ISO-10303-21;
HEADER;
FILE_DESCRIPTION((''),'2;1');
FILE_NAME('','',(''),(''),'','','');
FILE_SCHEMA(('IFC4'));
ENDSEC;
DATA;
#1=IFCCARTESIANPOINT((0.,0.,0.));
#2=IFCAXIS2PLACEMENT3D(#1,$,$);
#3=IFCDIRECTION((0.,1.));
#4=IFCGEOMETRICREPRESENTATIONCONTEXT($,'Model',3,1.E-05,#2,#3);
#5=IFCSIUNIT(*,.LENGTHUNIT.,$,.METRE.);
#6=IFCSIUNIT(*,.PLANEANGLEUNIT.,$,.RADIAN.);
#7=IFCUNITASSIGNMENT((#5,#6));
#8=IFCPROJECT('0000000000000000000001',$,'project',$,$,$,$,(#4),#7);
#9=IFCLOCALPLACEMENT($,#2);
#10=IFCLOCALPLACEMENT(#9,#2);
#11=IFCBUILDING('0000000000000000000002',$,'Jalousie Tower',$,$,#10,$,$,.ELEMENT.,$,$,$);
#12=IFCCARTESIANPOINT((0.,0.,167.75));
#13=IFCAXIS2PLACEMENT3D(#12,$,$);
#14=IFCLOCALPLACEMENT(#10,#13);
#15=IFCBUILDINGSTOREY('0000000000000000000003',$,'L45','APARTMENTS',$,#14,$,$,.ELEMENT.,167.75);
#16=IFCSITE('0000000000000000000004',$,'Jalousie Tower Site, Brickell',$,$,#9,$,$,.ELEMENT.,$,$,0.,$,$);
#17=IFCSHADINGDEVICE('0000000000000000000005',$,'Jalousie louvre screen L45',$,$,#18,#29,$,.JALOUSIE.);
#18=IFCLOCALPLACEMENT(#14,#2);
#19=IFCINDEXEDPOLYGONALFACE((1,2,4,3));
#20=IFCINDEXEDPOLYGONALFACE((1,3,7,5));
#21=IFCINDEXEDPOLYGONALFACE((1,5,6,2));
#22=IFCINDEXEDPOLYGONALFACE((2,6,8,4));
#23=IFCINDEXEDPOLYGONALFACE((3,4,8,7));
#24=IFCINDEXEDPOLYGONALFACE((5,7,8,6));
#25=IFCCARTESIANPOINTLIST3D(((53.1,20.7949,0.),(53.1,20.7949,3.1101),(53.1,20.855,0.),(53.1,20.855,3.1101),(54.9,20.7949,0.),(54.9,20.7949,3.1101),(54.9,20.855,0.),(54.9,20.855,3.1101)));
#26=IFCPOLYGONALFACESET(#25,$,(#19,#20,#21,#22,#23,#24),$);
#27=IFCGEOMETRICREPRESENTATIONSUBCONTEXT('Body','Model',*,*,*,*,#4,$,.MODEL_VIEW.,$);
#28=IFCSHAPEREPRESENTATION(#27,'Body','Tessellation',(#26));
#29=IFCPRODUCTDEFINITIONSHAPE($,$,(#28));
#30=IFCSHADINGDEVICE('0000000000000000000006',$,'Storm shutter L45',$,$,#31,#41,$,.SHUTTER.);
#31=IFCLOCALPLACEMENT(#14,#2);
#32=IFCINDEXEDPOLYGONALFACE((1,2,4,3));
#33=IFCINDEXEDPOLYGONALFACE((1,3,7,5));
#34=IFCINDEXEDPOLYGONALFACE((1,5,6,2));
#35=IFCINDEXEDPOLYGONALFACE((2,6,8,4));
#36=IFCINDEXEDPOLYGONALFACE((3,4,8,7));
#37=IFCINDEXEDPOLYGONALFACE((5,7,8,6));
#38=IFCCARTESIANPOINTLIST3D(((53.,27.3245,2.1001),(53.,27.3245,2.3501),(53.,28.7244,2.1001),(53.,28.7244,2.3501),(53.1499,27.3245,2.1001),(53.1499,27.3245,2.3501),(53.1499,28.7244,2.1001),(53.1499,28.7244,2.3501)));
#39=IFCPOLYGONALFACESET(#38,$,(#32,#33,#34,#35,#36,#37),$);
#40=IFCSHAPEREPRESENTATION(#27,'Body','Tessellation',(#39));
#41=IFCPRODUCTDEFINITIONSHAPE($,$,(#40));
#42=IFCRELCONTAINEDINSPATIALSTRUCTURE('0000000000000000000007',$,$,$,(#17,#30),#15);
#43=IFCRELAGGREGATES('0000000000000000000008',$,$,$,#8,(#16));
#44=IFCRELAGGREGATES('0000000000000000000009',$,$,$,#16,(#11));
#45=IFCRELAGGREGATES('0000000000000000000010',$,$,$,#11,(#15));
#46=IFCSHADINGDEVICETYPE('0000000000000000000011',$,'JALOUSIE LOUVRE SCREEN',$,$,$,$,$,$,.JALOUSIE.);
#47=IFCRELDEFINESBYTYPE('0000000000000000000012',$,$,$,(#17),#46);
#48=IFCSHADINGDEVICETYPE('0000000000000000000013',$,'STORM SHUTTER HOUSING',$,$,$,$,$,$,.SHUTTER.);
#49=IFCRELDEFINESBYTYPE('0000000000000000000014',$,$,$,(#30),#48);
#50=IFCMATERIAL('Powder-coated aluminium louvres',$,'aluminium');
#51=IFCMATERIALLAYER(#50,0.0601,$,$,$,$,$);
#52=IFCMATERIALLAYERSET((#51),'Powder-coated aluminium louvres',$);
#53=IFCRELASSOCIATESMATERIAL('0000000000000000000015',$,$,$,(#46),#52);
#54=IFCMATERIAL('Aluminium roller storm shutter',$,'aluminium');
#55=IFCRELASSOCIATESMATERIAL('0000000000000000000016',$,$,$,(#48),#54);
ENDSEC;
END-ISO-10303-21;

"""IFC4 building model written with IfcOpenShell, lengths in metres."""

from ifc_helpers import new_model, si_unit, direction, frame, origin, origin_2d, place, context, subcontext, project, spatial, rectangle, extrude, material, layer, layer_set, type_object, element, save


model = new_model("IFC4")

# Units and contexts
model_context = context("Model", 3, precision=1e-05, world=origin(), true_north=direction((0.0, 1.0)))
body_context = subcontext(model_context, "Body", "Model", "MODEL_VIEW")
ifc_project = project(units=[si_unit("LENGTHUNIT", "METRE"), si_unit("PLANEANGLEUNIT", "RADIAN")], contexts=[model_context])

# Site, building, storey
site_placement = place(None, origin())
site = spatial("IfcSite", under=ifc_project, at=site_placement, Name="Jalousie Tower Site, Brickell", CompositionType="ELEMENT", RefElevation=0.0)
building_placement = place(site_placement, origin())
building = spatial("IfcBuilding", under=site, at=building_placement, Name="Jalousie Tower", CompositionType="ELEMENT")
storey_placement = place(building_placement, frame((0.0, 0.0, 167.75)))
storey = spatial("IfcBuildingStorey", under=building, at=storey_placement, Name="L45", Description="APARTMENTS", CompositionType="ELEMENT", Elevation=167.75)

# Shading devices
ifc_material_1 = material(Name="Powder-coated aluminium louvres", Category="aluminium")
ifc_layer_1 = layer(ifc_material_1, 0.0601)
ifc_layer_set_1 = layer_set([ifc_layer_1], Name="Powder-coated aluminium louvres")
shading_device_type_1 = type_object("IfcShadingDeviceType", Name="JALOUSIE LOUVRE SCREEN", PredefinedType="JALOUSIE", material=ifc_layer_set_1)
for number, where, z_axis, x_axis, name in (
    (1, (54.0, 20.825, 0.0), (0.0, 0.0, 1.0), (0.0, 1.0, 0.0), "Jalousie louvre screen L45"),
):
    element("IfcShadingDevice", number, at=place(storey_placement, frame(where, z_axis=z_axis, x_axis=x_axis)), inside=storey, type_object=shading_device_type_1, Name=name, PredefinedType="JALOUSIE", context=body_context, shape_type="SweptSolid", body=[
        extrude(rectangle(XDim=0.0601, YDim=1.8, at=origin_2d()), origin(), (0.0, 0.0, 1.0), 3.1101),
    ])
ifc_material_2 = material(Name="Aluminium roller storm shutter", Category="aluminium")
shading_device_type_2 = type_object("IfcShadingDeviceType", Name="STORM SHUTTER HOUSING", PredefinedType="SHUTTER", material=ifc_material_2)
shading_device_placement = place(storey_placement, frame((53.075, 28.0244, 2.1001), z_axis=(0.0, 0.0, 1.0), x_axis=(0.0, 1.0, 0.0)))
element("IfcShadingDevice", 2, at=shading_device_placement, inside=storey, type_object=shading_device_type_2, Name="Storm shutter L45", PredefinedType="SHUTTER", context=body_context, shape_type="SweptSolid", body=[
    extrude(rectangle(XDim=1.3999, YDim=0.1499, at=origin_2d()), origin(), (0.0, 0.0, 1.0), 0.25),
])

save(model, "model.ifc")
